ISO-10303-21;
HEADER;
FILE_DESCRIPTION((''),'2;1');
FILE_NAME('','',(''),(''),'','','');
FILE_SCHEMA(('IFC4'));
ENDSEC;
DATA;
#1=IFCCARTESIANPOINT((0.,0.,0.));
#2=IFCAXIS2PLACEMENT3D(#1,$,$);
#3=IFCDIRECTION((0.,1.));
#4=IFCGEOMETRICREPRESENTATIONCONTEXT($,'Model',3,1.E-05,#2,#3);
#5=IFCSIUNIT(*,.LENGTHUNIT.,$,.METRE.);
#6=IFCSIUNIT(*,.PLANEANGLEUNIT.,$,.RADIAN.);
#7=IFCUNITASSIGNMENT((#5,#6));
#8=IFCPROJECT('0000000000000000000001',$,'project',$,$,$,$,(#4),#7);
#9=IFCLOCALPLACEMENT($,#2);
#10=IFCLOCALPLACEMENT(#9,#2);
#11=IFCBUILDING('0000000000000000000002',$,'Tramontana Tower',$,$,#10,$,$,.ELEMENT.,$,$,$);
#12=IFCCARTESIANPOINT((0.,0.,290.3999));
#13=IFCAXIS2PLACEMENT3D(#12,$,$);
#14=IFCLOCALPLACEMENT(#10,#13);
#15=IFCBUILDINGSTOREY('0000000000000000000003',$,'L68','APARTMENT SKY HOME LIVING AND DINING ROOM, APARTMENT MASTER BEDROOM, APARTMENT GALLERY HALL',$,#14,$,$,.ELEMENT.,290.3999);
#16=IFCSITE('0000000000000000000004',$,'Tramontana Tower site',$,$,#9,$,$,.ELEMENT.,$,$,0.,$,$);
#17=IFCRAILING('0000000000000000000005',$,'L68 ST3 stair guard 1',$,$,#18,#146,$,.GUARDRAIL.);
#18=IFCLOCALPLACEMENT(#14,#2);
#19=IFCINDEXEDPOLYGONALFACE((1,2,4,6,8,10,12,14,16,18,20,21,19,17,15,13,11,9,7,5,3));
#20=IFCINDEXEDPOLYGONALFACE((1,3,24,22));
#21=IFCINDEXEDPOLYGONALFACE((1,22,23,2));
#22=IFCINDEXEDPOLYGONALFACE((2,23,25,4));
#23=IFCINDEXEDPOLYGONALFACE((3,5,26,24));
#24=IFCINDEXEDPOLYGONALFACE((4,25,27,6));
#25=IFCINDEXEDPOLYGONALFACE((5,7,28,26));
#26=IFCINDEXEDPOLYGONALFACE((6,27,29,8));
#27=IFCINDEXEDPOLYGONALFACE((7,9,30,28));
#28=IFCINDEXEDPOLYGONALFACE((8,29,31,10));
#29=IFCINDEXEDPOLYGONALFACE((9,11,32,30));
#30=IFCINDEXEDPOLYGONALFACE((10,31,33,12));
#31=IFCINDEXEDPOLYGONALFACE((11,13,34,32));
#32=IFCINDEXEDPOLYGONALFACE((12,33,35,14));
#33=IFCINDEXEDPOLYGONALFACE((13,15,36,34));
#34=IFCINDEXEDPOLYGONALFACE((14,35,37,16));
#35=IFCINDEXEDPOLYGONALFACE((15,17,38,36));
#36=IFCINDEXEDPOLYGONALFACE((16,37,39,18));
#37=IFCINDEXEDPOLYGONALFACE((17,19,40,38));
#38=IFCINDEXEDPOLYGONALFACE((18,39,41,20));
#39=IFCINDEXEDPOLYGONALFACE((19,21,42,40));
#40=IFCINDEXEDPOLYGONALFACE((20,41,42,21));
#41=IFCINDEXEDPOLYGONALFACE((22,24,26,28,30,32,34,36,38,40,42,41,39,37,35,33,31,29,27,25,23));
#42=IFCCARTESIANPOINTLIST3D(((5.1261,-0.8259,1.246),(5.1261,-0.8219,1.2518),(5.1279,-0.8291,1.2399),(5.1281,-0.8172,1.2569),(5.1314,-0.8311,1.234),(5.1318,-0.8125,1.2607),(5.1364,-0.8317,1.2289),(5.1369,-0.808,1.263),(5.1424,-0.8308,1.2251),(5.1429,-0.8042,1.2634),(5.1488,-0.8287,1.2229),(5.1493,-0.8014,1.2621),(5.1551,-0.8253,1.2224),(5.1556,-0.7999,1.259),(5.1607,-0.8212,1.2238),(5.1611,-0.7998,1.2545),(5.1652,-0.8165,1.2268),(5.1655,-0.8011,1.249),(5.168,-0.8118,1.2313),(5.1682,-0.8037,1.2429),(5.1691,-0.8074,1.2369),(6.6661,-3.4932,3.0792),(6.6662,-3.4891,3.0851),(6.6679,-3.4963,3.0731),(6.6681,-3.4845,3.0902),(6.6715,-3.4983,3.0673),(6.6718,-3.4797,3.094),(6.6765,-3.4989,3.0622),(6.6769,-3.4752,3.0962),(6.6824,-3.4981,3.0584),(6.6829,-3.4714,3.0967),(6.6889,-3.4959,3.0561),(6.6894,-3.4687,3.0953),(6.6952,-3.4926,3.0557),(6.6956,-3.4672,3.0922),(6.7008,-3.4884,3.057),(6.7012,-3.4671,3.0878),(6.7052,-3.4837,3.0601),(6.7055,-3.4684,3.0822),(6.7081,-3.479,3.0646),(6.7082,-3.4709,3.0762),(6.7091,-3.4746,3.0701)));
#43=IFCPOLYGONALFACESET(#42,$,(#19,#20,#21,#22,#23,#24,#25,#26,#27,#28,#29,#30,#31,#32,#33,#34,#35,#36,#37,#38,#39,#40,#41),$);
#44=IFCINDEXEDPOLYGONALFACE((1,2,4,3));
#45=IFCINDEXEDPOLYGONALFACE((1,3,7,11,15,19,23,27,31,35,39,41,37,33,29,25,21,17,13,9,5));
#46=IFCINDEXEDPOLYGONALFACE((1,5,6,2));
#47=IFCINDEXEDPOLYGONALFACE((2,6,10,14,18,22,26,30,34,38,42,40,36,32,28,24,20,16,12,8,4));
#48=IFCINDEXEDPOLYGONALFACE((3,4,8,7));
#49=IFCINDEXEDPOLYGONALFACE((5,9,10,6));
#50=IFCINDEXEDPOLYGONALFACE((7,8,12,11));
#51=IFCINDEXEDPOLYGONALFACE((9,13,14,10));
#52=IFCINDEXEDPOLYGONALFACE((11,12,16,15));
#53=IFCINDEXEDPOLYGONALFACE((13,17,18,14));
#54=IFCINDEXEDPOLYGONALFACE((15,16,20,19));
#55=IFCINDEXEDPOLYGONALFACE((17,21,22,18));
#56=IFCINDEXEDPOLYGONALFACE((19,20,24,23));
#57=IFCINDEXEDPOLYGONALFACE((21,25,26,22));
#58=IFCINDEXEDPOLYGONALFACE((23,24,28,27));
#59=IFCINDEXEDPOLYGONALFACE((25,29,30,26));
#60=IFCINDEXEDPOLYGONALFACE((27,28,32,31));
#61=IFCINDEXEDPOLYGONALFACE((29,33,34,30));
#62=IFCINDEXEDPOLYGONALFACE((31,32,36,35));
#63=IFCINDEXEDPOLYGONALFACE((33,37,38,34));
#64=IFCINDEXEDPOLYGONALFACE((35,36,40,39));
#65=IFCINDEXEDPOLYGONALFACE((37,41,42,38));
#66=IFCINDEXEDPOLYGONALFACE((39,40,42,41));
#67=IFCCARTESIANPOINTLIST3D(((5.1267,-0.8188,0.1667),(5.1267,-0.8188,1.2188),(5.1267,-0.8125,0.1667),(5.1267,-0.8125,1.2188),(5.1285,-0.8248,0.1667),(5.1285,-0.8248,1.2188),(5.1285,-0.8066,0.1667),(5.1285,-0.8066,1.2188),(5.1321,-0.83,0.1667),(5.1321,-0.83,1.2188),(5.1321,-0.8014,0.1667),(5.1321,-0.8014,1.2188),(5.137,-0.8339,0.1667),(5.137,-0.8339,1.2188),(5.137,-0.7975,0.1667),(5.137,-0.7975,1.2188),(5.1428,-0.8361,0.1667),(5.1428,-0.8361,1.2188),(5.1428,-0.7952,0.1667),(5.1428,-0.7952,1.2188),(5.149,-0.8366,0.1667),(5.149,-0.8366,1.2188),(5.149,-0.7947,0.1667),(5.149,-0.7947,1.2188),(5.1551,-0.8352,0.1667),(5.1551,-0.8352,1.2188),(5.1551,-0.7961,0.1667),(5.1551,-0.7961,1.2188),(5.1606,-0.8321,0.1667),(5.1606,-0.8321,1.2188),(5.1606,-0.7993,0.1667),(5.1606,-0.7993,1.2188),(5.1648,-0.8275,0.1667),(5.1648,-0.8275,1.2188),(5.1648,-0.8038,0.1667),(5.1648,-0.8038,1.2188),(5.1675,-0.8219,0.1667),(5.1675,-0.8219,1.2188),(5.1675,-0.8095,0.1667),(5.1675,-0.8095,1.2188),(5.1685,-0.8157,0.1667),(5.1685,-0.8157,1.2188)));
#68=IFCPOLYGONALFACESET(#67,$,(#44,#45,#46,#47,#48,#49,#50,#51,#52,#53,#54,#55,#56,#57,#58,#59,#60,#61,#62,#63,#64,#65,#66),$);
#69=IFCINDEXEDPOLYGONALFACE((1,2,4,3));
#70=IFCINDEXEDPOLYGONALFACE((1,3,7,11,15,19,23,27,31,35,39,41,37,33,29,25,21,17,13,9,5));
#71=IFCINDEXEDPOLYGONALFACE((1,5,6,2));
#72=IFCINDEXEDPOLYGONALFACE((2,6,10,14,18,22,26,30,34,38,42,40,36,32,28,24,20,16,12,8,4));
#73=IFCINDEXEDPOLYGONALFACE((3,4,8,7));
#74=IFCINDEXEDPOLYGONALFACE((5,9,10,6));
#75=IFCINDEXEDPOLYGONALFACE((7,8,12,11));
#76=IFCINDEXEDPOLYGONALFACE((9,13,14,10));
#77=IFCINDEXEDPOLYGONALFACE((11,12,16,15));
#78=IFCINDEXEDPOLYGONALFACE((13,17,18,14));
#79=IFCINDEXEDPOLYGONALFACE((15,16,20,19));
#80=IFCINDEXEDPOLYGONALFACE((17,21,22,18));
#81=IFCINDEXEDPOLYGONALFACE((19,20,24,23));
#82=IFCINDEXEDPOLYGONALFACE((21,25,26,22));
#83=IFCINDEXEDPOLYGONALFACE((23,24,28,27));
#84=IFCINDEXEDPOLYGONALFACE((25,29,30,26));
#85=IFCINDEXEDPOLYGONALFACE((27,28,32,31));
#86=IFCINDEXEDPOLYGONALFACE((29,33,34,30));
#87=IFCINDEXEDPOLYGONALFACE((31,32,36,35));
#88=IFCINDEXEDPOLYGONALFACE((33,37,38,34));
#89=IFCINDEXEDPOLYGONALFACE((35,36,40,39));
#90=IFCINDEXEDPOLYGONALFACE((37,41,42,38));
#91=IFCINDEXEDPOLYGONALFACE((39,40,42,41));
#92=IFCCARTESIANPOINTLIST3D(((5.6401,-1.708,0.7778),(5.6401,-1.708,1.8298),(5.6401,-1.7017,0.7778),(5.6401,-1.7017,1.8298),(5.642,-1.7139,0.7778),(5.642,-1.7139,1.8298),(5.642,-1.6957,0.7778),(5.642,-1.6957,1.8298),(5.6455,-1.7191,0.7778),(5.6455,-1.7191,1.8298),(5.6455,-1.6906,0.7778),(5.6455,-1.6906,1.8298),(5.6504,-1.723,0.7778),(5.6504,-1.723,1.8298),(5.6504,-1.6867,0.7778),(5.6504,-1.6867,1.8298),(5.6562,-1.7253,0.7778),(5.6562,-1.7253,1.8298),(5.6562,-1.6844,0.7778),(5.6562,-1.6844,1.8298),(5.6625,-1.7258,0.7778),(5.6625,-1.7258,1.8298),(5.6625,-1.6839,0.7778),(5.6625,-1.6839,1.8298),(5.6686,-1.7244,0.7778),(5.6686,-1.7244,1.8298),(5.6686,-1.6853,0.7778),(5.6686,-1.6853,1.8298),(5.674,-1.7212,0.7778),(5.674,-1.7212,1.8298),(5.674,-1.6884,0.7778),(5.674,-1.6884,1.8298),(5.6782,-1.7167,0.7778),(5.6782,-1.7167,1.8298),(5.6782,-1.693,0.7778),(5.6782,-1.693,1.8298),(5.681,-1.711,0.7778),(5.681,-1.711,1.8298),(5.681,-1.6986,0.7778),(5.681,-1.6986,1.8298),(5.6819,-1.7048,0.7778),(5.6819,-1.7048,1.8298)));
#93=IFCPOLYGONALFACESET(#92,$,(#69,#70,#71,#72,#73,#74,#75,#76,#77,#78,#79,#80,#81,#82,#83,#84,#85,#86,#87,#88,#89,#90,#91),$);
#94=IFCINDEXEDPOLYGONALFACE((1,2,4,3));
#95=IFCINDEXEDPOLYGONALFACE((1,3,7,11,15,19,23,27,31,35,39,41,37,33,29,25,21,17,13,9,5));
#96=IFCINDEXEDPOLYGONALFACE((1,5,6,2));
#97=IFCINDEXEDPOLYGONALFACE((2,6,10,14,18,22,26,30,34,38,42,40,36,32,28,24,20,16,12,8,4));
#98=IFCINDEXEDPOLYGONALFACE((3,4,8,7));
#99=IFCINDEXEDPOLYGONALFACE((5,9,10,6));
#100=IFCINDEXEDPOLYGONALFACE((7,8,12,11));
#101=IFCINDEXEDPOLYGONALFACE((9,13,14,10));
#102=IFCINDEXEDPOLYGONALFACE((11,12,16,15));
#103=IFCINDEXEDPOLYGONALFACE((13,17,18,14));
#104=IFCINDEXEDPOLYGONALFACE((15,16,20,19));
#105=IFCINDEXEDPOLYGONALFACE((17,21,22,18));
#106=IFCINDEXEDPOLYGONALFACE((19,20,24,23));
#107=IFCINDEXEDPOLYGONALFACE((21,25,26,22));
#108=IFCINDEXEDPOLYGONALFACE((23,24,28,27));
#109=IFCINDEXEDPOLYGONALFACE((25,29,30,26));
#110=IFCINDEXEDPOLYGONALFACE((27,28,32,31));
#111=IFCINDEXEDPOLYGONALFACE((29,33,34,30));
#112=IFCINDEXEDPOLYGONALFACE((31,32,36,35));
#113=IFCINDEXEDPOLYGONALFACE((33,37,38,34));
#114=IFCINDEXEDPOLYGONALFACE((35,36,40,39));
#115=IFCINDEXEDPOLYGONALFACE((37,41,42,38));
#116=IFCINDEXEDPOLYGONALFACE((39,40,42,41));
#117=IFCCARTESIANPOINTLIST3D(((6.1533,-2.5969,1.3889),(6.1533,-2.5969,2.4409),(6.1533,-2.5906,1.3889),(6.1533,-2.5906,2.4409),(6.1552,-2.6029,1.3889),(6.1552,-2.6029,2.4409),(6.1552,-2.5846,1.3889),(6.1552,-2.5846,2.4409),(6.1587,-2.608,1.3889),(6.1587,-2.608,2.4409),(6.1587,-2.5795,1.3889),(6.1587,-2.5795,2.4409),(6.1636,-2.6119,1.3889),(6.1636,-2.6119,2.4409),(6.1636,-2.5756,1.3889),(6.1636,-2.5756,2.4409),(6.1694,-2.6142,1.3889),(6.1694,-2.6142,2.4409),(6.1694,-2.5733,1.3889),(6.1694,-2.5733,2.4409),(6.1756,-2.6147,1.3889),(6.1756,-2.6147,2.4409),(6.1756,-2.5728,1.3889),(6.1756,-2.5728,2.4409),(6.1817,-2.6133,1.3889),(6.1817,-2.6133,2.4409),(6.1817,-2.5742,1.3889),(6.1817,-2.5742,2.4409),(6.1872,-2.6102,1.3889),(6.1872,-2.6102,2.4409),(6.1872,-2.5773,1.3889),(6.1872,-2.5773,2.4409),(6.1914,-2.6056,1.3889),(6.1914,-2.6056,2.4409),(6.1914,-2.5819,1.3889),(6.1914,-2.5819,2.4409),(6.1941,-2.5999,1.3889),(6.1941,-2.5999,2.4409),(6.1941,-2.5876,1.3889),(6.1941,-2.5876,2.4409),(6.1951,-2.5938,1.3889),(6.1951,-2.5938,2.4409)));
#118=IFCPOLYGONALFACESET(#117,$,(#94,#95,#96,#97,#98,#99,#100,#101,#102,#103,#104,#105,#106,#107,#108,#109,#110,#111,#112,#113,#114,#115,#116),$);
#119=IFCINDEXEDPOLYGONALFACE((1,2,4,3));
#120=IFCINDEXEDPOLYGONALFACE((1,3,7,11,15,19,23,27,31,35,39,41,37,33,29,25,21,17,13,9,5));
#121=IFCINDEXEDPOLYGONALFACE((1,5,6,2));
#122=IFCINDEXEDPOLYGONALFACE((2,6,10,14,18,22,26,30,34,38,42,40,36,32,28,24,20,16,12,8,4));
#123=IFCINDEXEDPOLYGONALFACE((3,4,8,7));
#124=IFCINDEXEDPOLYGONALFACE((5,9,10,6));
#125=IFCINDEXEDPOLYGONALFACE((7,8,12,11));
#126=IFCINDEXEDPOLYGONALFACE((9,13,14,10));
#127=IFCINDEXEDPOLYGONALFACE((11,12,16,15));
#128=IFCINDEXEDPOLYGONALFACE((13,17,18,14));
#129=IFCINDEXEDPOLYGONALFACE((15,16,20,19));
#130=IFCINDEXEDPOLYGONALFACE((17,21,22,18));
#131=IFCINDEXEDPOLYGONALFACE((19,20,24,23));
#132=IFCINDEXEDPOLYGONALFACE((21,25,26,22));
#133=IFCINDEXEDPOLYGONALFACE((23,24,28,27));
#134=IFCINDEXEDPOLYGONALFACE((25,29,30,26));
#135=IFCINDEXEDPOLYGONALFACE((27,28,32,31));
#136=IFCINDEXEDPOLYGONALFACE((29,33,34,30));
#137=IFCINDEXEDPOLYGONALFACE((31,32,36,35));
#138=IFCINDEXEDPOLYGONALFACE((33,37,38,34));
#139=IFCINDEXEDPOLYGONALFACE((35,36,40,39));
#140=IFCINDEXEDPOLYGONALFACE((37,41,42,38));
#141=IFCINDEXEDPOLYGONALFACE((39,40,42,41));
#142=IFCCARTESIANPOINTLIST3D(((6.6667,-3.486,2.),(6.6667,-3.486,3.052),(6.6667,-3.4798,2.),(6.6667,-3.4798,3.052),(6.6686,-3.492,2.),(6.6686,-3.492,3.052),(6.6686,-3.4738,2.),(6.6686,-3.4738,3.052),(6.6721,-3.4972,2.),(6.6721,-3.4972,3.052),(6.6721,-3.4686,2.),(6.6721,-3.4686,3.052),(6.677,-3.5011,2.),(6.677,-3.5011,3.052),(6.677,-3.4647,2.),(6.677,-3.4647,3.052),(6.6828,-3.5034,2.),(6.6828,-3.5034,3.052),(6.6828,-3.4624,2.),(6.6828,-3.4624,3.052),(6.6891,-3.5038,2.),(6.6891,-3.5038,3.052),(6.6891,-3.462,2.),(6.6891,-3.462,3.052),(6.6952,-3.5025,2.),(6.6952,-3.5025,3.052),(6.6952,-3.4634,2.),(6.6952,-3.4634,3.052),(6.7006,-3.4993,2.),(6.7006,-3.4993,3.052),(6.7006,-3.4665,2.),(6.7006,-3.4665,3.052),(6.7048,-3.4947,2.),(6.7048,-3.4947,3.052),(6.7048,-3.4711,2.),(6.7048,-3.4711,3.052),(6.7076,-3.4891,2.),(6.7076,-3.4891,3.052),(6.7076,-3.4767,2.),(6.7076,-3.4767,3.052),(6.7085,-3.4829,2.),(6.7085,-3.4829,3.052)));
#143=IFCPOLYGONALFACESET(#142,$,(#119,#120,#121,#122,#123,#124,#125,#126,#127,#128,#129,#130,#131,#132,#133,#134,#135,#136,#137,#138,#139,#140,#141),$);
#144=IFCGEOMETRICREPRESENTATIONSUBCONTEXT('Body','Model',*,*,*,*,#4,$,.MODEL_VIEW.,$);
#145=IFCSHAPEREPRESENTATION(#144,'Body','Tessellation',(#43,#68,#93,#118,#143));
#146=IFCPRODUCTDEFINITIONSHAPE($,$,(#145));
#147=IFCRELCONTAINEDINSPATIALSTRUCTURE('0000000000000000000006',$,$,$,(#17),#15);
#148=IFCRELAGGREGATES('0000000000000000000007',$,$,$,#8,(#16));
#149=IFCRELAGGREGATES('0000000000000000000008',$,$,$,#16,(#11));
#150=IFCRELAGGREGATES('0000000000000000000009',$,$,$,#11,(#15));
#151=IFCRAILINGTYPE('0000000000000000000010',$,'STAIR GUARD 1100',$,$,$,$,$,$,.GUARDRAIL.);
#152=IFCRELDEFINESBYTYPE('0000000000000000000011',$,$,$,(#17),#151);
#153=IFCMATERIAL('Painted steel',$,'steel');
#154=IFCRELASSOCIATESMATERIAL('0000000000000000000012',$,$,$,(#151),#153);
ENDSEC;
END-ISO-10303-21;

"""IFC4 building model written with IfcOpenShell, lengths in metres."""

from ifc_helpers import new_model, si_unit, direction, frame, origin, origin_2d, place, context, subcontext, project, spatial, circle, extrude, material, type_object, element, save


model = new_model("IFC4")

# Units and contexts
model_context = context("Model", 3, precision=1e-05, world=origin(), true_north=direction((0.0, 1.0)))
body_context = subcontext(model_context, "Body", "Model", "MODEL_VIEW")
ifc_project = project(units=[si_unit("LENGTHUNIT", "METRE"), si_unit("PLANEANGLEUNIT", "RADIAN")], contexts=[model_context])

# Site, building, storey
site_placement = place(None, origin())
site = spatial("IfcSite", under=ifc_project, at=site_placement, Name="Tramontana Tower site", CompositionType="ELEMENT", RefElevation=0.0)
building_placement = place(site_placement, origin())
building = spatial("IfcBuilding", under=site, at=building_placement, Name="Tramontana Tower", CompositionType="ELEMENT")
storey_placement = place(building_placement, frame((0.0, 0.0, 290.3999)))
storey = spatial("IfcBuildingStorey", under=building, at=storey_placement, Name="L68", Description="APARTMENT SKY HOME LIVING AND DINING ROOM, APARTMENT MASTER BEDROOM, APARTMENT GALLERY HALL", CompositionType="ELEMENT", Elevation=290.3999)

# Railing
ifc_material_1 = material(Name="Painted steel", Category="steel")
railing_type_1 = type_object("IfcRailingType", Name="STAIR GUARD 1100", PredefinedType="GUARDRAIL", material=ifc_material_1)
railing_1_placement = place(storey_placement, frame((5.1475, -0.8157, 0.1667)))
element("IfcRailing", 1, at=railing_1_placement, inside=storey, type_object=railing_type_1, Name="L68 ST3 stair guard 1", PredefinedType="GUARDRAIL", context=body_context, shape_type="SweptSolid", body=[
    extrude(circle(Radius=0.0239, at=origin_2d()), frame((0.0, 0.0, 1.0762), z_axis=(0.429671, -0.744159, 0.511478), x_axis=(0.86601, 0.500027, 0.0)), (0.0, 0.0, 1.0), 3.5842),
    extrude(circle(Radius=0.021, at=origin_2d()), origin(), (0.0, 0.0, 1.0), 1.052),
    extrude(circle(Radius=0.021, at=origin_2d()), frame((0.5134, -0.8892, 0.6111)), (0.0, 0.0, 1.0), 1.052),
    extrude(circle(Radius=0.021, at=origin_2d()), frame((1.0266, -1.7781, 1.2222)), (0.0, 0.0, 1.0), 1.052),
    extrude(circle(Radius=0.021, at=origin_2d()), frame((1.54, -2.6672, 1.8333)), (0.0, 0.0, 1.0), 1.052),
])

save(model, "model.ifc")
